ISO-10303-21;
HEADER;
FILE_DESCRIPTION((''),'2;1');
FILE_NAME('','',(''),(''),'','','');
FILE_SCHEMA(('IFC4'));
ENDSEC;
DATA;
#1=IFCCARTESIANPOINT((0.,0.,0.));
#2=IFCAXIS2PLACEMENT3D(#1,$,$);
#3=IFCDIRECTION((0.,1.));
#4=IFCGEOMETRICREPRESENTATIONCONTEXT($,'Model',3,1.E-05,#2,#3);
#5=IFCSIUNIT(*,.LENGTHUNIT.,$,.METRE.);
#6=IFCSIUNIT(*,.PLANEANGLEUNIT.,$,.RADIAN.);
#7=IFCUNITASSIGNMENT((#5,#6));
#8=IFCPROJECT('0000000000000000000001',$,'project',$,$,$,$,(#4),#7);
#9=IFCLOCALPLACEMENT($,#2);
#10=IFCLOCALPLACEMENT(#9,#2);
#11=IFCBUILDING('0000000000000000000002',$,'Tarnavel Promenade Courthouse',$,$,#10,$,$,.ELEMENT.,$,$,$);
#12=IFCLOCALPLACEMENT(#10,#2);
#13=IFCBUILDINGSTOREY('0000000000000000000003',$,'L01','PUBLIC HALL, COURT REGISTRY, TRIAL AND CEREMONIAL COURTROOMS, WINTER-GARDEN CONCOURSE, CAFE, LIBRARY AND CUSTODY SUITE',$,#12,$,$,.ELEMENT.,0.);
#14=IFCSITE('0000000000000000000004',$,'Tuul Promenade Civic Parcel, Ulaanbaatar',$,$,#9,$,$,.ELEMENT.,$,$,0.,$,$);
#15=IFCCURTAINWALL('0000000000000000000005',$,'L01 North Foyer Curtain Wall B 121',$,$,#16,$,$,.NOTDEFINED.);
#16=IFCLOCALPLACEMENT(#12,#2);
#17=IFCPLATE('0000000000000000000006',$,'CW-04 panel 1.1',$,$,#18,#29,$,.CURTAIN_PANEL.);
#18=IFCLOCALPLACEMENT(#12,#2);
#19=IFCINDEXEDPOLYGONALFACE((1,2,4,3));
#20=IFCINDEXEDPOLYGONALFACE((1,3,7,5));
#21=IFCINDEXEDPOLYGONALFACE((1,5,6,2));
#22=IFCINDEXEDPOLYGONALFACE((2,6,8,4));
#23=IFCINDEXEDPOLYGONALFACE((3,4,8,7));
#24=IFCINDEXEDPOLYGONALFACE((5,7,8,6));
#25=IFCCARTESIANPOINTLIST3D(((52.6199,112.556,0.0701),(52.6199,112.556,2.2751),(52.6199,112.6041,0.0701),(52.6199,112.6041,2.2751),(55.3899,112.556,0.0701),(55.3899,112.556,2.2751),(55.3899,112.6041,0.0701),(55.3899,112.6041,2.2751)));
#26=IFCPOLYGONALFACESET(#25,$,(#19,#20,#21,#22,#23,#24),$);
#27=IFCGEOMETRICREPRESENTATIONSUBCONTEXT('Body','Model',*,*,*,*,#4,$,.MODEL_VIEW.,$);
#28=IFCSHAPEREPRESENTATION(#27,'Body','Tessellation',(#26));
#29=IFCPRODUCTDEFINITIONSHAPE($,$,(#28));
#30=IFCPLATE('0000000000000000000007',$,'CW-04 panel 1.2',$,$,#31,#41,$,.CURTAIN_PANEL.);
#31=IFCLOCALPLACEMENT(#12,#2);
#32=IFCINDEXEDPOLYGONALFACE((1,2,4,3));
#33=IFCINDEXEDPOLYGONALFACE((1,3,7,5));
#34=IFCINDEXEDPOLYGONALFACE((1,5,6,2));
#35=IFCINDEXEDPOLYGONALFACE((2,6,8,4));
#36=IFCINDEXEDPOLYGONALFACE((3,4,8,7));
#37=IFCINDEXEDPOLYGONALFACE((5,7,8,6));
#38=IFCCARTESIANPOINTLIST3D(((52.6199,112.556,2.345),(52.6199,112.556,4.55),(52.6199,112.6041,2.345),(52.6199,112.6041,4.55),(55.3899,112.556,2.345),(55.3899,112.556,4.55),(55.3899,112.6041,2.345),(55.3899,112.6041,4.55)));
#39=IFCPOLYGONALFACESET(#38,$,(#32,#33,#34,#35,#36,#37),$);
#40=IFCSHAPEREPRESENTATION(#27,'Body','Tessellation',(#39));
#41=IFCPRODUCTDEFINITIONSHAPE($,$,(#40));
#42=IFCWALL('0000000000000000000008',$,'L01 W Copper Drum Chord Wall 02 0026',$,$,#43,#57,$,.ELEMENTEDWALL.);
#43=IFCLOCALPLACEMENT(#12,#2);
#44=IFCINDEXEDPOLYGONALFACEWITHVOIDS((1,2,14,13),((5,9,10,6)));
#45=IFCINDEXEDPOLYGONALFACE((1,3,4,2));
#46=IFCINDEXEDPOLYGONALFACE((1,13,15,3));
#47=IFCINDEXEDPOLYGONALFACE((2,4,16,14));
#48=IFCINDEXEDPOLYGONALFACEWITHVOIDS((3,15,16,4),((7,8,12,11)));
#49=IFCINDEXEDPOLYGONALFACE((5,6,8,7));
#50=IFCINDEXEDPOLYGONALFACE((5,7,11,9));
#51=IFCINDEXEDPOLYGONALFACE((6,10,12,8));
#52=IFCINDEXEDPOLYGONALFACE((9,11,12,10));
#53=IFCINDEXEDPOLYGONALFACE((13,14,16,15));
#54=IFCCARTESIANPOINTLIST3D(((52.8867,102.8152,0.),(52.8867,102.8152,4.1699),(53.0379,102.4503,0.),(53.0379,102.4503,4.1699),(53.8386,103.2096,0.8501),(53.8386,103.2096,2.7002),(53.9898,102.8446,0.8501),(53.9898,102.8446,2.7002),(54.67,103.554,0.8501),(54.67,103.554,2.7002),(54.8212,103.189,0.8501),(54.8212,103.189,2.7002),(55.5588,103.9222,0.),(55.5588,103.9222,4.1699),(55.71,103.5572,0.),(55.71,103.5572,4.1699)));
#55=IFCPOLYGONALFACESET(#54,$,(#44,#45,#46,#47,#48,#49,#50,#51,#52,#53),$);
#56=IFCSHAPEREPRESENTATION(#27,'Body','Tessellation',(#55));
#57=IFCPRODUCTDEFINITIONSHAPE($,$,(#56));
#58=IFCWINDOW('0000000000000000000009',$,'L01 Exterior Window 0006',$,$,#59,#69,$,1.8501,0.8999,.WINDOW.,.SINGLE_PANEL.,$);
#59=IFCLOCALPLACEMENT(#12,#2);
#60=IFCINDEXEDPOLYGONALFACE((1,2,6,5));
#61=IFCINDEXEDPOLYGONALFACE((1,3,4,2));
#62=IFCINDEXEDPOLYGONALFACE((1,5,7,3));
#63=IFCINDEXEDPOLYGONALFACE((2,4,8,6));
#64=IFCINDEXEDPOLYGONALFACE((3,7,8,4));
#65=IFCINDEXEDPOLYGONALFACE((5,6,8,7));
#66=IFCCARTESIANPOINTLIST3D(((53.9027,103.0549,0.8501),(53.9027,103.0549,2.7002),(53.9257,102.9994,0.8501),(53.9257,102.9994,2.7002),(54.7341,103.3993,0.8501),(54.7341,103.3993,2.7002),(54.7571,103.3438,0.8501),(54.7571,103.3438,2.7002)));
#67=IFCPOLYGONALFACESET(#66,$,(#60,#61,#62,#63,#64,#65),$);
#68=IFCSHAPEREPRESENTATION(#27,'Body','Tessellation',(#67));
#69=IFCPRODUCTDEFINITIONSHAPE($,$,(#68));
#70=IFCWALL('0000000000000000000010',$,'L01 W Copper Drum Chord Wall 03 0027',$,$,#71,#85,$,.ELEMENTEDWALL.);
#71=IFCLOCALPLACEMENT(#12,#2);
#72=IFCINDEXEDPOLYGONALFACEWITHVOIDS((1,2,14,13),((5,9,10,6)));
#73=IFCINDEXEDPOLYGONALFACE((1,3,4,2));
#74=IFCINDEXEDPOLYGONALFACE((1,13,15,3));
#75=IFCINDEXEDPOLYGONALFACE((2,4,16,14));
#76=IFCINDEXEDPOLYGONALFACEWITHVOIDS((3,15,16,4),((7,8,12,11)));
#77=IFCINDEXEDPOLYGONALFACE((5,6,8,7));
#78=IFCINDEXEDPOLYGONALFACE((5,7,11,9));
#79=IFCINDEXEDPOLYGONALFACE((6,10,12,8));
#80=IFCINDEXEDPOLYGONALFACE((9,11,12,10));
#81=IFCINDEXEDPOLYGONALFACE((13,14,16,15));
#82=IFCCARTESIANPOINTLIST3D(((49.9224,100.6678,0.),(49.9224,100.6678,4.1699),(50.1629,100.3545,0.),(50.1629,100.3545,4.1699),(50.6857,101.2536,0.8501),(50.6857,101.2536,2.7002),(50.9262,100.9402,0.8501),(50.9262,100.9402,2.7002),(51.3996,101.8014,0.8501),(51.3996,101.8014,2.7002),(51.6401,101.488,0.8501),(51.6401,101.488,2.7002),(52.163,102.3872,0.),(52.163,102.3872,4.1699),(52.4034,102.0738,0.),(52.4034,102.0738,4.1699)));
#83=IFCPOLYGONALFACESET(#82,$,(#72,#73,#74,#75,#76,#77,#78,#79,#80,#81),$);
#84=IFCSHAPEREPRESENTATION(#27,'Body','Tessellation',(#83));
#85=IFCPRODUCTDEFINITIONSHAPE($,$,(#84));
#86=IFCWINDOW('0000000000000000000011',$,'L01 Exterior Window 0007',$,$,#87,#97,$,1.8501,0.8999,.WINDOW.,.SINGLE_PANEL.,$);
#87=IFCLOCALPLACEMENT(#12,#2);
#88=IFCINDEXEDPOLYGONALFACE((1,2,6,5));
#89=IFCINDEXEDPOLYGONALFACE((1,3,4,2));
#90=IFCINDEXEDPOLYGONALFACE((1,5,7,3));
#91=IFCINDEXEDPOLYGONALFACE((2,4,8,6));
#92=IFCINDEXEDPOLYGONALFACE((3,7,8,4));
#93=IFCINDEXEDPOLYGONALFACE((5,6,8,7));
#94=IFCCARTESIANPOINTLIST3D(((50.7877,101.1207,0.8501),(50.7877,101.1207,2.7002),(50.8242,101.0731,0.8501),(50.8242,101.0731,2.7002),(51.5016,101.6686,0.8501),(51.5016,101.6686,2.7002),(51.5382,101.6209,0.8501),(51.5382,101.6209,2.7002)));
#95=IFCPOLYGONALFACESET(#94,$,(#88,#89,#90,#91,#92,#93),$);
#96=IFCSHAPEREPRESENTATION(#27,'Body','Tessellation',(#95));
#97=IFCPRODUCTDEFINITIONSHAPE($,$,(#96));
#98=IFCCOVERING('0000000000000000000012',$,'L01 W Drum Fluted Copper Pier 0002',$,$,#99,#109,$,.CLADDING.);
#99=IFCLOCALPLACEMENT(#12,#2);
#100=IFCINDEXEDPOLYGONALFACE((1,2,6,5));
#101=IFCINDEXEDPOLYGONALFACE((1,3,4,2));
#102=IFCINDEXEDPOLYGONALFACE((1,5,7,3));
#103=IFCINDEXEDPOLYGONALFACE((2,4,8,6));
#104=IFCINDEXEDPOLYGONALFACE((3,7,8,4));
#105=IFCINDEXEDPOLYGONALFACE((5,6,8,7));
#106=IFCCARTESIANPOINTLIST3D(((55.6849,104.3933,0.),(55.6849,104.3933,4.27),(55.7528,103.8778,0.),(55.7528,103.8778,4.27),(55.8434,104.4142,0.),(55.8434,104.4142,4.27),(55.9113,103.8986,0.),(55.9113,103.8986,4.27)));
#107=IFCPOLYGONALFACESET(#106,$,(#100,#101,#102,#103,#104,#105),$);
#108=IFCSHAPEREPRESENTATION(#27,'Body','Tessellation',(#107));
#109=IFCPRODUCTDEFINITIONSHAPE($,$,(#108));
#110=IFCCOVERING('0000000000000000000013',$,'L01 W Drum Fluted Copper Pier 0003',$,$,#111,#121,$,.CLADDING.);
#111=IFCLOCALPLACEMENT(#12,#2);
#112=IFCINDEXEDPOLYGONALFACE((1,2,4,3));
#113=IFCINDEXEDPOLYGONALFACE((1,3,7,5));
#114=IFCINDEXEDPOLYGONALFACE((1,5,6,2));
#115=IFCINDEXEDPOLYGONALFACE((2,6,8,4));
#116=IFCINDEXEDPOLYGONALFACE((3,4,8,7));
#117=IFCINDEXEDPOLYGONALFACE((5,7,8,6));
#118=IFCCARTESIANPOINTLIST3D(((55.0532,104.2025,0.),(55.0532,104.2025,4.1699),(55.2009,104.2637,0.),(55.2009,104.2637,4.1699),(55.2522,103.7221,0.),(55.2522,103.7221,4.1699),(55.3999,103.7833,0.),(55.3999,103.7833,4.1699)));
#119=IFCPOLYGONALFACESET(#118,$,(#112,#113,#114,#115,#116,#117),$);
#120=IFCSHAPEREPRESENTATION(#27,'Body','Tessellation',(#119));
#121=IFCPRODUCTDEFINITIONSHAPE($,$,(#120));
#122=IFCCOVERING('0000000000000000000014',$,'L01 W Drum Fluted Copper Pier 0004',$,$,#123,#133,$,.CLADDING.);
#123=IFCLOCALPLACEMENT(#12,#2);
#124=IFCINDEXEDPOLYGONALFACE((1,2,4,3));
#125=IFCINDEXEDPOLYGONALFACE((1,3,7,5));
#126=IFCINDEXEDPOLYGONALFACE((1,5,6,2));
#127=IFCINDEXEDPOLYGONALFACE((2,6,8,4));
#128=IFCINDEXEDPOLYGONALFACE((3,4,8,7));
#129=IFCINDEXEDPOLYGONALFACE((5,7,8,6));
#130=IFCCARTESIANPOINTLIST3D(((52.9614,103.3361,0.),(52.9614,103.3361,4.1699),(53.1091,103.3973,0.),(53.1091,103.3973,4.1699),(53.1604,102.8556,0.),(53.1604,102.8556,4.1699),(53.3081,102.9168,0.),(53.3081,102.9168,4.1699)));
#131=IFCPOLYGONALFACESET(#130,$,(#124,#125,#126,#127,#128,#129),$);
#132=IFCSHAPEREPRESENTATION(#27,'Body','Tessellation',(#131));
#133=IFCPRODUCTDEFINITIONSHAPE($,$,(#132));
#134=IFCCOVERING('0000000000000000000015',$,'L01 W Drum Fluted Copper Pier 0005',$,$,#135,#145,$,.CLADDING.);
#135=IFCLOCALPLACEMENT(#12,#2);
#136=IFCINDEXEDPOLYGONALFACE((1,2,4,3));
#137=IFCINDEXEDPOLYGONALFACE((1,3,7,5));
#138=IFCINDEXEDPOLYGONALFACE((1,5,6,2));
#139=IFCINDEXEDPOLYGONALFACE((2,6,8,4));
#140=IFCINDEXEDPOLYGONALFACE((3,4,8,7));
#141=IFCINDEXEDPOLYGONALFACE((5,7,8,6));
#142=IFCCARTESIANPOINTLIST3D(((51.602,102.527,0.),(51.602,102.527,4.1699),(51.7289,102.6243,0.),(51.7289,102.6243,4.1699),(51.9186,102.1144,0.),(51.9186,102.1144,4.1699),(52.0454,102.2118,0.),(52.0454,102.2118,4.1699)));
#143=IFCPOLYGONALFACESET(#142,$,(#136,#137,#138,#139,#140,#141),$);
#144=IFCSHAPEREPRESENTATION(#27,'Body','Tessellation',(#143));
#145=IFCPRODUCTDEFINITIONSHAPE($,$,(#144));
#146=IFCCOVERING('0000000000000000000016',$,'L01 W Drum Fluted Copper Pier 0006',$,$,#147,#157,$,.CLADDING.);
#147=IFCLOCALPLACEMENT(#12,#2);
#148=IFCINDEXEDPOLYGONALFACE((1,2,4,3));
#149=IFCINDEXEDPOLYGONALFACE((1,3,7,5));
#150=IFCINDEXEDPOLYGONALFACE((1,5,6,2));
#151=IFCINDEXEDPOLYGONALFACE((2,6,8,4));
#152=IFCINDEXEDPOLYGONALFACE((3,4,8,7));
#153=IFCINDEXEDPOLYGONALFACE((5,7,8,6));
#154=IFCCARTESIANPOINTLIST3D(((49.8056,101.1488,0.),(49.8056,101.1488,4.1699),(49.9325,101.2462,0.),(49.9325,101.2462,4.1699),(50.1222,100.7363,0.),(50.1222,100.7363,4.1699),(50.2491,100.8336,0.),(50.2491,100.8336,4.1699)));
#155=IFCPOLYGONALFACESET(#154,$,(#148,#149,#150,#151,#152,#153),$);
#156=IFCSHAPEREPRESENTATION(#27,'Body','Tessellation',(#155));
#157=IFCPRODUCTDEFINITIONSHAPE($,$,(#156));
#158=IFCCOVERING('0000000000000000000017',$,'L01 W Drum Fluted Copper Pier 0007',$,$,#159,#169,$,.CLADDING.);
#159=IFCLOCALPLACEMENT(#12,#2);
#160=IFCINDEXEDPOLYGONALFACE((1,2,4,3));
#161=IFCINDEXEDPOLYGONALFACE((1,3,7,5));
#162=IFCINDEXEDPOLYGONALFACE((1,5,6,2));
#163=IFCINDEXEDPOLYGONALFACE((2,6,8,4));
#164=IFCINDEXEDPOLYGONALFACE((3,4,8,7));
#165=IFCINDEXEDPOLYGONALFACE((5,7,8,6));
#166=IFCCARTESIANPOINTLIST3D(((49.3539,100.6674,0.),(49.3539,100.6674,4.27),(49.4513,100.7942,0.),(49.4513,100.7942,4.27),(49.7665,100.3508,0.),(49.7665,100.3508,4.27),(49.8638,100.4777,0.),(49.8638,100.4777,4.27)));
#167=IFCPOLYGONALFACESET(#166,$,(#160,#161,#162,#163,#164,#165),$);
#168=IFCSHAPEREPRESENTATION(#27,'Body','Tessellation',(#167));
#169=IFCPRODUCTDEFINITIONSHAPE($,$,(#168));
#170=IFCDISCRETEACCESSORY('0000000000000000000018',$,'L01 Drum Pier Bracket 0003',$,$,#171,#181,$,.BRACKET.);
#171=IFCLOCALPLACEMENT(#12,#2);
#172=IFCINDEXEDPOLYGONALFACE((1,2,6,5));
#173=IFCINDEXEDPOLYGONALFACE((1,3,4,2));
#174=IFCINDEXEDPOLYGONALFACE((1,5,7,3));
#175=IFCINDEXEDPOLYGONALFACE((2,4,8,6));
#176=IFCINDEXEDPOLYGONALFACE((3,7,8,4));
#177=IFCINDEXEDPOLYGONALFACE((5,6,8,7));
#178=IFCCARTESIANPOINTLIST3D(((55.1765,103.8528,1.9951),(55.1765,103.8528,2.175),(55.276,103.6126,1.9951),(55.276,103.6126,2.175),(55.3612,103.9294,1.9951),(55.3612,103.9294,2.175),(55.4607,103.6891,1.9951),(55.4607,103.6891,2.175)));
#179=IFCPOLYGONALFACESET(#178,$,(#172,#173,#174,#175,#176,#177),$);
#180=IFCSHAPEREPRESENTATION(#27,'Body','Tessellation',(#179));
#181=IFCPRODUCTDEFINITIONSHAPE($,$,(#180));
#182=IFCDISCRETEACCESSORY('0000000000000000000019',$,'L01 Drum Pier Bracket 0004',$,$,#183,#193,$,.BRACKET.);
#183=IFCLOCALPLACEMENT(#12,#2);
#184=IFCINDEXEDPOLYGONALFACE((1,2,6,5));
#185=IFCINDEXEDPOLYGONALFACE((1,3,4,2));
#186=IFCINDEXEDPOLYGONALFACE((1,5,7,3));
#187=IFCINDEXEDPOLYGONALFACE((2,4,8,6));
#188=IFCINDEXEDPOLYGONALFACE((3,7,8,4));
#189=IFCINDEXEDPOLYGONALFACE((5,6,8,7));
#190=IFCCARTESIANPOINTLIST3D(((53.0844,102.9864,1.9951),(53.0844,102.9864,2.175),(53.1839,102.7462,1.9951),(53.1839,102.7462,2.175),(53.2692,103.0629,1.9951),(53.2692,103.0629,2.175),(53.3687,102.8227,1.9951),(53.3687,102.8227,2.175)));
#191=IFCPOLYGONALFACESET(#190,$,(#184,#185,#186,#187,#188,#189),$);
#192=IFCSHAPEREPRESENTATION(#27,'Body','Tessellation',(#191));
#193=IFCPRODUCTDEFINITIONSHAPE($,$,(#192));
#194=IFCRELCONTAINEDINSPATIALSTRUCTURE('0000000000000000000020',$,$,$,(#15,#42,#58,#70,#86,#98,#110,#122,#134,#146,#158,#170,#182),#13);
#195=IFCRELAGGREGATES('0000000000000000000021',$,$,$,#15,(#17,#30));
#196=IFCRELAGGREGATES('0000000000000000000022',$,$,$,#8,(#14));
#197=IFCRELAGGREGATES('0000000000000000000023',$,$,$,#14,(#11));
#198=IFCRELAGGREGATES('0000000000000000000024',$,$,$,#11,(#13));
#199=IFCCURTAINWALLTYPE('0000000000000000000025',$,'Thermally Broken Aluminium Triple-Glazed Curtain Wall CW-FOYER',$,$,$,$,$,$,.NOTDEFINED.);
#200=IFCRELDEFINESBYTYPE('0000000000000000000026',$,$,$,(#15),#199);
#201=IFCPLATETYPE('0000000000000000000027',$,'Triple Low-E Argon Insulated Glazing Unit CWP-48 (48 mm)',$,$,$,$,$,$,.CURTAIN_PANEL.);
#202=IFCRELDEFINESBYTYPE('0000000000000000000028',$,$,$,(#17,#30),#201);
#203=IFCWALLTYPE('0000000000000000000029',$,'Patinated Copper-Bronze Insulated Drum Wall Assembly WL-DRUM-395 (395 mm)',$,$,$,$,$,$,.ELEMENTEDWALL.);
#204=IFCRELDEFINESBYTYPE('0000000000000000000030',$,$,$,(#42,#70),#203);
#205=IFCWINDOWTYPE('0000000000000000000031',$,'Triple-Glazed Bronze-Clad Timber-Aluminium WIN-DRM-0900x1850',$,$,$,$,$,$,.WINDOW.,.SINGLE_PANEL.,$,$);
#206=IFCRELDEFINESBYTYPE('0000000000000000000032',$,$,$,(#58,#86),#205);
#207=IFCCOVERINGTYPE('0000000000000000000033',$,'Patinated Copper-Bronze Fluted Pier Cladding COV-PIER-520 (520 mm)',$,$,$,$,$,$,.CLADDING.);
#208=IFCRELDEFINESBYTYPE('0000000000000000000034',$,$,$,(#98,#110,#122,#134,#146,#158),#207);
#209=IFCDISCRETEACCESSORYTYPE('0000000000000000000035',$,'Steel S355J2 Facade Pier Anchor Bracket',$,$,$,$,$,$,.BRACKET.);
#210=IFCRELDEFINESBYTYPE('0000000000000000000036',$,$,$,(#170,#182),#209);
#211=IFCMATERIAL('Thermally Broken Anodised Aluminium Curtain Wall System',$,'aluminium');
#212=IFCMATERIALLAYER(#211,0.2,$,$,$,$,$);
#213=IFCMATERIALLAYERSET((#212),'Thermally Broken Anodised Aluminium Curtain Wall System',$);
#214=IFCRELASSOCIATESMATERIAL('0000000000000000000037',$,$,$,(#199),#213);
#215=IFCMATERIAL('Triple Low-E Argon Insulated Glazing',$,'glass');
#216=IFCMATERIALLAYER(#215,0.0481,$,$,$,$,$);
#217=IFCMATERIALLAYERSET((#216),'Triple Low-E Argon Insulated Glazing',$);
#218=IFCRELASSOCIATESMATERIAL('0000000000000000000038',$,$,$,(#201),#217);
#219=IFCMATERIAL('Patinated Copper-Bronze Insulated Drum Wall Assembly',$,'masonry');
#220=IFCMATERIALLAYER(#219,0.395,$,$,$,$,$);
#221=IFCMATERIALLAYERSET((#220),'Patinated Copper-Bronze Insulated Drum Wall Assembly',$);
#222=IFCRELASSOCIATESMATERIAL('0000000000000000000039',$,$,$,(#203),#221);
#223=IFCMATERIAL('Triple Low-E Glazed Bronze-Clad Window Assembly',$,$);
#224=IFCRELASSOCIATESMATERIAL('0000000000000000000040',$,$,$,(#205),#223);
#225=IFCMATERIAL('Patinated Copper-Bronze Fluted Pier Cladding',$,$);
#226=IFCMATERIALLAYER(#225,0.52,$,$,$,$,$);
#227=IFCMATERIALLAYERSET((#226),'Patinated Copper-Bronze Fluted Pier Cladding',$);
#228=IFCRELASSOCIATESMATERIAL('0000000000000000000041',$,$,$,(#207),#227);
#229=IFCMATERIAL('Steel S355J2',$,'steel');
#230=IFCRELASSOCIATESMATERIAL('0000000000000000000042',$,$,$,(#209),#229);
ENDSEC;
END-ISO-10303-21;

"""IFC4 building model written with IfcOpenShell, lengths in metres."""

from ifc_helpers import new_model, si_unit, direction, frame, frame_2d, origin, origin_2d, place, context, subcontext, project, spatial, rectangle, extrude, material, layer, layer_set, type_object, element, fill, aggregate, save


model = new_model("IFC4")

# Units and contexts
model_context = context("Model", 3, precision=1e-05, world=origin(), true_north=direction((0.0, 1.0)))
body_context = subcontext(model_context, "Body", "Model", "MODEL_VIEW")
ifc_project = project(units=[si_unit("LENGTHUNIT", "METRE"), si_unit("PLANEANGLEUNIT", "RADIAN")], contexts=[model_context])

# Site, building, storey
site_placement = place(None, origin())
site = spatial("IfcSite", under=ifc_project, at=site_placement, Name="Tuul Promenade Civic Parcel, Ulaanbaatar", CompositionType="ELEMENT", RefElevation=0.0)
building_placement = place(site_placement, origin())
building = spatial("IfcBuilding", under=site, at=building_placement, Name="Tarnavel Promenade Courthouse", CompositionType="ELEMENT")
storey_placement = place(building_placement, origin())
storey = spatial("IfcBuildingStorey", under=building, at=storey_placement, Name="L01", Description="PUBLIC HALL, COURT REGISTRY, TRIAL AND CEREMONIAL COURTROOMS, WINTER-GARDEN CONCOURSE, CAFE, LIBRARY AND CUSTODY SUITE", CompositionType="ELEMENT", Elevation=0.0)

# Shared definitions
ifc_material_1 = material(Name="Steel S355J2", Category="steel")

# Curtain wall
ifc_material_2 = material(Name="Thermally Broken Anodised Aluminium Curtain Wall System", Category="aluminium")
ifc_layer_1 = layer(ifc_material_2, 0.2)
ifc_layer_set_1 = layer_set([ifc_layer_1], Name="Thermally Broken Anodised Aluminium Curtain Wall System")
curtain_wall_type = type_object("IfcCurtainWallType", Name="Thermally Broken Aluminium Triple-Glazed Curtain Wall CW-FOYER", PredefinedType="NOTDEFINED", material=ifc_layer_set_1)
curtain_wall_1_placement = place(storey_placement, origin())
curtain_wall_1 = element("IfcCurtainWall", 1, at=curtain_wall_1_placement, inside=storey, type_object=curtain_wall_type, Name="L01 North Foyer Curtain Wall B 121", PredefinedType="NOTDEFINED")

# Plates
ifc_material_3 = material(Name="Triple Low-E Argon Insulated Glazing", Category="glass")
ifc_layer_2 = layer(ifc_material_3, 0.0481)
ifc_layer_set_2 = layer_set([ifc_layer_2], Name="Triple Low-E Argon Insulated Glazing")
plate_type = type_object("IfcPlateType", Name="Triple Low-E Argon Insulated Glazing Unit CWP-48 (48 mm)", PredefinedType="CURTAIN_PANEL", material=ifc_layer_set_2)
plate_1_placement = place(storey_placement, frame((54.0049, 112.5801, 0.0701), z_axis=(0.0, 0.0, 1.0), x_axis=(1.0, 0.0, 0.0)))
plate_1 = element("IfcPlate", 2, at=plate_1_placement, type_object=plate_type, Name="CW-04 panel 1.1", PredefinedType="CURTAIN_PANEL", context=body_context, shape_type="SweptSolid", body=[
    extrude(rectangle(XDim=2.77, YDim=0.0481, at=origin_2d()), origin(), (0.0, 0.0, 1.0), 2.2051),
])
plate_2_placement = place(storey_placement, frame((54.0049, 112.5801, 2.345), z_axis=(0.0, 0.0, 1.0), x_axis=(1.0, 0.0, 0.0)))
plate_2 = element("IfcPlate", 3, at=plate_2_placement, type_object=plate_type, Name="CW-04 panel 1.2", PredefinedType="CURTAIN_PANEL", context=body_context, shape_type="SweptSolid", body=[
    extrude(rectangle(XDim=2.77, YDim=0.0481, at=origin_2d()), origin(), (0.0, 0.0, 1.0), 2.2051),
])
aggregate(curtain_wall_1, [plate_1, plate_2])

# Walls, openings, windows
ifc_material_4 = material(Name="Patinated Copper-Bronze Insulated Drum Wall Assembly", Category="masonry")
ifc_layer_3 = layer(ifc_material_4, 0.395)
ifc_layer_set_3 = layer_set([ifc_layer_3], Name="Patinated Copper-Bronze Insulated Drum Wall Assembly")
wall_type = type_object("IfcWallType", Name="Patinated Copper-Bronze Insulated Drum Wall Assembly WL-DRUM-395 (395 mm)", PredefinedType="ELEMENTEDWALL", material=ifc_layer_set_3)
wall_1_placement = place(storey_placement, frame((55.6345, 103.7397, 0.0), z_axis=(0.0, 0.0, 1.0), x_axis=(-0.923867, -0.382715, 0.0)))
wall_1 = element("IfcWall", 4, at=wall_1_placement, inside=storey, type_object=wall_type, Name="L01 W Copper Drum Chord Wall 02 0026", PredefinedType="ELEMENTEDWALL", context=body_context, shape_type="SweptSolid", body=[
    extrude(rectangle(XDim=2.8923, YDim=0.395, at=frame_2d((1.4463, 0.0))), origin(), (0.0, 0.0, 1.0), 4.1699),
])
opening_1_placement = place(wall_1_placement, frame((0.9622, 0.0, 0.8501)))
opening_1 = element("IfcOpeningElement", 5, at=opening_1_placement, cuts=wall_1, PredefinedType="OPENING", context=body_context, shape_type="SweptSolid", body=[
    extrude(rectangle(XDim=0.8999, YDim=1.8501, at=frame_2d((0.45, 0.925))), frame((0.0, 0.2075, 0.0), z_axis=(0.0, -1.0, 0.0), x_axis=(1.0, 0.0, 0.0)), (0.0, 0.0, 1.0), 0.415),
])
ifc_material_5 = material(Name="Triple Low-E Glazed Bronze-Clad Window Assembly")
window_type = type_object("IfcWindowType", Name="Triple-Glazed Bronze-Clad Timber-Aluminium WIN-DRM-0900x1850", PartitioningType="SINGLE_PANEL", PredefinedType="WINDOW", material=ifc_material_5)
window_1_placement = place(opening_1_placement, origin())
window_1 = element("IfcWindow", 6, at=window_1_placement, inside=storey, type_object=window_type, Name="L01 Exterior Window 0006", OverallHeight=1.8501, OverallWidth=0.8999, PartitioningType="SINGLE_PANEL", PredefinedType="WINDOW", context=body_context, shape_type="SweptSolid", body=[
    extrude(rectangle(XDim=0.8999, YDim=1.8501, at=frame_2d((0.45, 0.925))), frame((0.0, 0.03, 0.0), z_axis=(0.0, -1.0, 0.0), x_axis=(1.0, 0.0, 0.0)), (0.0, 0.0, 1.0), 0.0601),
])
fill(opening_1, window_1)
wall_2_placement = place(storey_placement, frame((52.2832, 102.2305, 0.0), z_axis=(0.0, 0.0, 1.0), x_axis=(-0.793343, -0.608775, 0.0)))
wall_2 = element("IfcWall", 7, at=wall_2_placement, inside=storey, type_object=wall_type, Name="L01 W Copper Drum Chord Wall 03 0027", PredefinedType="ELEMENTEDWALL", context=body_context, shape_type="SweptSolid", body=[
    extrude(rectangle(XDim=2.8242, YDim=0.395, at=frame_2d((1.4121, 0.0))), origin(), (0.0, 0.0, 1.0), 4.1699),
])
opening_2_placement = place(wall_2_placement, frame((0.9622, 0.0, 0.8501)))
opening_2 = element("IfcOpeningElement", 8, at=opening_2_placement, cuts=wall_2, PredefinedType="OPENING", context=body_context, shape_type="SweptSolid", body=[
    extrude(rectangle(XDim=0.8999, YDim=1.8501, at=frame_2d((0.45, 0.925))), frame((0.0, 0.2075, 0.0), z_axis=(0.0, -1.0, 0.0), x_axis=(1.0, 0.0, 0.0)), (0.0, 0.0, 1.0), 0.415),
])
window_2_placement = place(opening_2_placement, origin())
window_2 = element("IfcWindow", 9, at=window_2_placement, inside=storey, type_object=window_type, Name="L01 Exterior Window 0007", OverallHeight=1.8501, OverallWidth=0.8999, PartitioningType="SINGLE_PANEL", PredefinedType="WINDOW", context=body_context, shape_type="SweptSolid", body=[
    extrude(rectangle(XDim=0.8999, YDim=1.8501, at=frame_2d((0.45, 0.925))), frame((0.0, 0.03, 0.0), z_axis=(0.0, -1.0, 0.0), x_axis=(1.0, 0.0, 0.0)), (0.0, 0.0, 1.0), 0.0601),
])
fill(opening_2, window_2)

# Coverings
ifc_material_6 = material(Name="Patinated Copper-Bronze Fluted Pier Cladding")
ifc_layer_4 = layer(ifc_material_6, 0.52)
ifc_layer_set_4 = layer_set([ifc_layer_4], Name="Patinated Copper-Bronze Fluted Pier Cladding")
covering_type = type_object("IfcCoveringType", Name="Patinated Copper-Bronze Fluted Pier Cladding COV-PIER-520 (520 mm)", PredefinedType="CLADDING", material=ifc_layer_set_4)
covering_1_placement = place(storey_placement, frame((55.7981, 104.146, 0.0), z_axis=(0.0, 0.0, 1.0), x_axis=(-0.991445, -0.130526, 0.0)))
element("IfcCovering", 10, at=covering_1_placement, inside=storey, type_object=covering_type, Name="L01 W Drum Fluted Copper Pier 0002", PredefinedType="CLADDING", context=body_context, shape_type="SweptSolid", body=[
    extrude(rectangle(XDim=0.1599, YDim=0.52, at=origin_2d()), origin(), (0.0, 0.0, 1.0), 4.27),
])
for number, where, z_axis, x_axis, name in (
    (11, (55.2266, 103.9929, 0.0), (0.0, 0.0, 1.0), (-0.92388, -0.382683, 0.0), "L01 W Drum Fluted Copper Pier 0003"),
    (12, (53.1348, 103.1265, 0.0), (0.0, 0.0, 1.0), (-0.92388, -0.382683, 0.0), "L01 W Drum Fluted Copper Pier 0004"),
    (13, (51.8237, 102.3694, 0.0), (0.0, 0.0, 1.0), (-0.793353, -0.608761, 0.0), "L01 W Drum Fluted Copper Pier 0005"),
    (14, (50.0273, 100.9912, 0.0), (0.0, 0.0, 1.0), (-0.793353, -0.608761, 0.0), "L01 W Drum Fluted Copper Pier 0006"),
):
    element("IfcCovering", number, at=place(storey_placement, frame(where, z_axis=z_axis, x_axis=x_axis)), inside=storey, type_object=covering_type, Name=name, PredefinedType="CLADDING", context=body_context, shape_type="SweptSolid", body=[
        extrude(rectangle(XDim=0.1599, YDim=0.52, at=origin_2d()), origin(), (0.0, 0.0, 1.0), 4.1699),
    ])
covering_2_placement = place(storey_placement, frame((49.6089, 100.5725, 0.0), z_axis=(0.0, 0.0, 1.0), x_axis=(-0.608761, -0.793353, 0.0)))
element("IfcCovering", 15, at=covering_2_placement, inside=storey, type_object=covering_type, Name="L01 W Drum Fluted Copper Pier 0007", PredefinedType="CLADDING", context=body_context, shape_type="SweptSolid", body=[
    extrude(rectangle(XDim=0.1599, YDim=0.52, at=origin_2d()), origin(), (0.0, 0.0, 1.0), 4.27),
])

# Discrete accessories
discrete_accessory_type = type_object("IfcDiscreteAccessoryType", Name="Steel S355J2 Facade Pier Anchor Bracket", PredefinedType="BRACKET", material=ifc_material_1)
for number, where, z_axis, x_axis, name in (
    (16, (55.3186, 103.771, 1.9951), (0.0, 0.0, 1.0), (-0.92388, -0.382683, 0.0), "L01 Drum Pier Bracket 0003"),
    (17, (53.2266, 102.9045, 1.9951), (0.0, 0.0, 1.0), (-0.92388, -0.382683, 0.0), "L01 Drum Pier Bracket 0004"),
):
    element("IfcDiscreteAccessory", number, at=place(storey_placement, frame(where, z_axis=z_axis, x_axis=x_axis)), inside=storey, type_object=discrete_accessory_type, Name=name, PredefinedType="BRACKET", context=body_context, shape_type="SweptSolid", body=[
        extrude(rectangle(XDim=0.2, YDim=0.26, at=origin_2d()), origin(), (0.0, 0.0, 1.0), 0.1799),
    ])

save(model, "model.ifc")
